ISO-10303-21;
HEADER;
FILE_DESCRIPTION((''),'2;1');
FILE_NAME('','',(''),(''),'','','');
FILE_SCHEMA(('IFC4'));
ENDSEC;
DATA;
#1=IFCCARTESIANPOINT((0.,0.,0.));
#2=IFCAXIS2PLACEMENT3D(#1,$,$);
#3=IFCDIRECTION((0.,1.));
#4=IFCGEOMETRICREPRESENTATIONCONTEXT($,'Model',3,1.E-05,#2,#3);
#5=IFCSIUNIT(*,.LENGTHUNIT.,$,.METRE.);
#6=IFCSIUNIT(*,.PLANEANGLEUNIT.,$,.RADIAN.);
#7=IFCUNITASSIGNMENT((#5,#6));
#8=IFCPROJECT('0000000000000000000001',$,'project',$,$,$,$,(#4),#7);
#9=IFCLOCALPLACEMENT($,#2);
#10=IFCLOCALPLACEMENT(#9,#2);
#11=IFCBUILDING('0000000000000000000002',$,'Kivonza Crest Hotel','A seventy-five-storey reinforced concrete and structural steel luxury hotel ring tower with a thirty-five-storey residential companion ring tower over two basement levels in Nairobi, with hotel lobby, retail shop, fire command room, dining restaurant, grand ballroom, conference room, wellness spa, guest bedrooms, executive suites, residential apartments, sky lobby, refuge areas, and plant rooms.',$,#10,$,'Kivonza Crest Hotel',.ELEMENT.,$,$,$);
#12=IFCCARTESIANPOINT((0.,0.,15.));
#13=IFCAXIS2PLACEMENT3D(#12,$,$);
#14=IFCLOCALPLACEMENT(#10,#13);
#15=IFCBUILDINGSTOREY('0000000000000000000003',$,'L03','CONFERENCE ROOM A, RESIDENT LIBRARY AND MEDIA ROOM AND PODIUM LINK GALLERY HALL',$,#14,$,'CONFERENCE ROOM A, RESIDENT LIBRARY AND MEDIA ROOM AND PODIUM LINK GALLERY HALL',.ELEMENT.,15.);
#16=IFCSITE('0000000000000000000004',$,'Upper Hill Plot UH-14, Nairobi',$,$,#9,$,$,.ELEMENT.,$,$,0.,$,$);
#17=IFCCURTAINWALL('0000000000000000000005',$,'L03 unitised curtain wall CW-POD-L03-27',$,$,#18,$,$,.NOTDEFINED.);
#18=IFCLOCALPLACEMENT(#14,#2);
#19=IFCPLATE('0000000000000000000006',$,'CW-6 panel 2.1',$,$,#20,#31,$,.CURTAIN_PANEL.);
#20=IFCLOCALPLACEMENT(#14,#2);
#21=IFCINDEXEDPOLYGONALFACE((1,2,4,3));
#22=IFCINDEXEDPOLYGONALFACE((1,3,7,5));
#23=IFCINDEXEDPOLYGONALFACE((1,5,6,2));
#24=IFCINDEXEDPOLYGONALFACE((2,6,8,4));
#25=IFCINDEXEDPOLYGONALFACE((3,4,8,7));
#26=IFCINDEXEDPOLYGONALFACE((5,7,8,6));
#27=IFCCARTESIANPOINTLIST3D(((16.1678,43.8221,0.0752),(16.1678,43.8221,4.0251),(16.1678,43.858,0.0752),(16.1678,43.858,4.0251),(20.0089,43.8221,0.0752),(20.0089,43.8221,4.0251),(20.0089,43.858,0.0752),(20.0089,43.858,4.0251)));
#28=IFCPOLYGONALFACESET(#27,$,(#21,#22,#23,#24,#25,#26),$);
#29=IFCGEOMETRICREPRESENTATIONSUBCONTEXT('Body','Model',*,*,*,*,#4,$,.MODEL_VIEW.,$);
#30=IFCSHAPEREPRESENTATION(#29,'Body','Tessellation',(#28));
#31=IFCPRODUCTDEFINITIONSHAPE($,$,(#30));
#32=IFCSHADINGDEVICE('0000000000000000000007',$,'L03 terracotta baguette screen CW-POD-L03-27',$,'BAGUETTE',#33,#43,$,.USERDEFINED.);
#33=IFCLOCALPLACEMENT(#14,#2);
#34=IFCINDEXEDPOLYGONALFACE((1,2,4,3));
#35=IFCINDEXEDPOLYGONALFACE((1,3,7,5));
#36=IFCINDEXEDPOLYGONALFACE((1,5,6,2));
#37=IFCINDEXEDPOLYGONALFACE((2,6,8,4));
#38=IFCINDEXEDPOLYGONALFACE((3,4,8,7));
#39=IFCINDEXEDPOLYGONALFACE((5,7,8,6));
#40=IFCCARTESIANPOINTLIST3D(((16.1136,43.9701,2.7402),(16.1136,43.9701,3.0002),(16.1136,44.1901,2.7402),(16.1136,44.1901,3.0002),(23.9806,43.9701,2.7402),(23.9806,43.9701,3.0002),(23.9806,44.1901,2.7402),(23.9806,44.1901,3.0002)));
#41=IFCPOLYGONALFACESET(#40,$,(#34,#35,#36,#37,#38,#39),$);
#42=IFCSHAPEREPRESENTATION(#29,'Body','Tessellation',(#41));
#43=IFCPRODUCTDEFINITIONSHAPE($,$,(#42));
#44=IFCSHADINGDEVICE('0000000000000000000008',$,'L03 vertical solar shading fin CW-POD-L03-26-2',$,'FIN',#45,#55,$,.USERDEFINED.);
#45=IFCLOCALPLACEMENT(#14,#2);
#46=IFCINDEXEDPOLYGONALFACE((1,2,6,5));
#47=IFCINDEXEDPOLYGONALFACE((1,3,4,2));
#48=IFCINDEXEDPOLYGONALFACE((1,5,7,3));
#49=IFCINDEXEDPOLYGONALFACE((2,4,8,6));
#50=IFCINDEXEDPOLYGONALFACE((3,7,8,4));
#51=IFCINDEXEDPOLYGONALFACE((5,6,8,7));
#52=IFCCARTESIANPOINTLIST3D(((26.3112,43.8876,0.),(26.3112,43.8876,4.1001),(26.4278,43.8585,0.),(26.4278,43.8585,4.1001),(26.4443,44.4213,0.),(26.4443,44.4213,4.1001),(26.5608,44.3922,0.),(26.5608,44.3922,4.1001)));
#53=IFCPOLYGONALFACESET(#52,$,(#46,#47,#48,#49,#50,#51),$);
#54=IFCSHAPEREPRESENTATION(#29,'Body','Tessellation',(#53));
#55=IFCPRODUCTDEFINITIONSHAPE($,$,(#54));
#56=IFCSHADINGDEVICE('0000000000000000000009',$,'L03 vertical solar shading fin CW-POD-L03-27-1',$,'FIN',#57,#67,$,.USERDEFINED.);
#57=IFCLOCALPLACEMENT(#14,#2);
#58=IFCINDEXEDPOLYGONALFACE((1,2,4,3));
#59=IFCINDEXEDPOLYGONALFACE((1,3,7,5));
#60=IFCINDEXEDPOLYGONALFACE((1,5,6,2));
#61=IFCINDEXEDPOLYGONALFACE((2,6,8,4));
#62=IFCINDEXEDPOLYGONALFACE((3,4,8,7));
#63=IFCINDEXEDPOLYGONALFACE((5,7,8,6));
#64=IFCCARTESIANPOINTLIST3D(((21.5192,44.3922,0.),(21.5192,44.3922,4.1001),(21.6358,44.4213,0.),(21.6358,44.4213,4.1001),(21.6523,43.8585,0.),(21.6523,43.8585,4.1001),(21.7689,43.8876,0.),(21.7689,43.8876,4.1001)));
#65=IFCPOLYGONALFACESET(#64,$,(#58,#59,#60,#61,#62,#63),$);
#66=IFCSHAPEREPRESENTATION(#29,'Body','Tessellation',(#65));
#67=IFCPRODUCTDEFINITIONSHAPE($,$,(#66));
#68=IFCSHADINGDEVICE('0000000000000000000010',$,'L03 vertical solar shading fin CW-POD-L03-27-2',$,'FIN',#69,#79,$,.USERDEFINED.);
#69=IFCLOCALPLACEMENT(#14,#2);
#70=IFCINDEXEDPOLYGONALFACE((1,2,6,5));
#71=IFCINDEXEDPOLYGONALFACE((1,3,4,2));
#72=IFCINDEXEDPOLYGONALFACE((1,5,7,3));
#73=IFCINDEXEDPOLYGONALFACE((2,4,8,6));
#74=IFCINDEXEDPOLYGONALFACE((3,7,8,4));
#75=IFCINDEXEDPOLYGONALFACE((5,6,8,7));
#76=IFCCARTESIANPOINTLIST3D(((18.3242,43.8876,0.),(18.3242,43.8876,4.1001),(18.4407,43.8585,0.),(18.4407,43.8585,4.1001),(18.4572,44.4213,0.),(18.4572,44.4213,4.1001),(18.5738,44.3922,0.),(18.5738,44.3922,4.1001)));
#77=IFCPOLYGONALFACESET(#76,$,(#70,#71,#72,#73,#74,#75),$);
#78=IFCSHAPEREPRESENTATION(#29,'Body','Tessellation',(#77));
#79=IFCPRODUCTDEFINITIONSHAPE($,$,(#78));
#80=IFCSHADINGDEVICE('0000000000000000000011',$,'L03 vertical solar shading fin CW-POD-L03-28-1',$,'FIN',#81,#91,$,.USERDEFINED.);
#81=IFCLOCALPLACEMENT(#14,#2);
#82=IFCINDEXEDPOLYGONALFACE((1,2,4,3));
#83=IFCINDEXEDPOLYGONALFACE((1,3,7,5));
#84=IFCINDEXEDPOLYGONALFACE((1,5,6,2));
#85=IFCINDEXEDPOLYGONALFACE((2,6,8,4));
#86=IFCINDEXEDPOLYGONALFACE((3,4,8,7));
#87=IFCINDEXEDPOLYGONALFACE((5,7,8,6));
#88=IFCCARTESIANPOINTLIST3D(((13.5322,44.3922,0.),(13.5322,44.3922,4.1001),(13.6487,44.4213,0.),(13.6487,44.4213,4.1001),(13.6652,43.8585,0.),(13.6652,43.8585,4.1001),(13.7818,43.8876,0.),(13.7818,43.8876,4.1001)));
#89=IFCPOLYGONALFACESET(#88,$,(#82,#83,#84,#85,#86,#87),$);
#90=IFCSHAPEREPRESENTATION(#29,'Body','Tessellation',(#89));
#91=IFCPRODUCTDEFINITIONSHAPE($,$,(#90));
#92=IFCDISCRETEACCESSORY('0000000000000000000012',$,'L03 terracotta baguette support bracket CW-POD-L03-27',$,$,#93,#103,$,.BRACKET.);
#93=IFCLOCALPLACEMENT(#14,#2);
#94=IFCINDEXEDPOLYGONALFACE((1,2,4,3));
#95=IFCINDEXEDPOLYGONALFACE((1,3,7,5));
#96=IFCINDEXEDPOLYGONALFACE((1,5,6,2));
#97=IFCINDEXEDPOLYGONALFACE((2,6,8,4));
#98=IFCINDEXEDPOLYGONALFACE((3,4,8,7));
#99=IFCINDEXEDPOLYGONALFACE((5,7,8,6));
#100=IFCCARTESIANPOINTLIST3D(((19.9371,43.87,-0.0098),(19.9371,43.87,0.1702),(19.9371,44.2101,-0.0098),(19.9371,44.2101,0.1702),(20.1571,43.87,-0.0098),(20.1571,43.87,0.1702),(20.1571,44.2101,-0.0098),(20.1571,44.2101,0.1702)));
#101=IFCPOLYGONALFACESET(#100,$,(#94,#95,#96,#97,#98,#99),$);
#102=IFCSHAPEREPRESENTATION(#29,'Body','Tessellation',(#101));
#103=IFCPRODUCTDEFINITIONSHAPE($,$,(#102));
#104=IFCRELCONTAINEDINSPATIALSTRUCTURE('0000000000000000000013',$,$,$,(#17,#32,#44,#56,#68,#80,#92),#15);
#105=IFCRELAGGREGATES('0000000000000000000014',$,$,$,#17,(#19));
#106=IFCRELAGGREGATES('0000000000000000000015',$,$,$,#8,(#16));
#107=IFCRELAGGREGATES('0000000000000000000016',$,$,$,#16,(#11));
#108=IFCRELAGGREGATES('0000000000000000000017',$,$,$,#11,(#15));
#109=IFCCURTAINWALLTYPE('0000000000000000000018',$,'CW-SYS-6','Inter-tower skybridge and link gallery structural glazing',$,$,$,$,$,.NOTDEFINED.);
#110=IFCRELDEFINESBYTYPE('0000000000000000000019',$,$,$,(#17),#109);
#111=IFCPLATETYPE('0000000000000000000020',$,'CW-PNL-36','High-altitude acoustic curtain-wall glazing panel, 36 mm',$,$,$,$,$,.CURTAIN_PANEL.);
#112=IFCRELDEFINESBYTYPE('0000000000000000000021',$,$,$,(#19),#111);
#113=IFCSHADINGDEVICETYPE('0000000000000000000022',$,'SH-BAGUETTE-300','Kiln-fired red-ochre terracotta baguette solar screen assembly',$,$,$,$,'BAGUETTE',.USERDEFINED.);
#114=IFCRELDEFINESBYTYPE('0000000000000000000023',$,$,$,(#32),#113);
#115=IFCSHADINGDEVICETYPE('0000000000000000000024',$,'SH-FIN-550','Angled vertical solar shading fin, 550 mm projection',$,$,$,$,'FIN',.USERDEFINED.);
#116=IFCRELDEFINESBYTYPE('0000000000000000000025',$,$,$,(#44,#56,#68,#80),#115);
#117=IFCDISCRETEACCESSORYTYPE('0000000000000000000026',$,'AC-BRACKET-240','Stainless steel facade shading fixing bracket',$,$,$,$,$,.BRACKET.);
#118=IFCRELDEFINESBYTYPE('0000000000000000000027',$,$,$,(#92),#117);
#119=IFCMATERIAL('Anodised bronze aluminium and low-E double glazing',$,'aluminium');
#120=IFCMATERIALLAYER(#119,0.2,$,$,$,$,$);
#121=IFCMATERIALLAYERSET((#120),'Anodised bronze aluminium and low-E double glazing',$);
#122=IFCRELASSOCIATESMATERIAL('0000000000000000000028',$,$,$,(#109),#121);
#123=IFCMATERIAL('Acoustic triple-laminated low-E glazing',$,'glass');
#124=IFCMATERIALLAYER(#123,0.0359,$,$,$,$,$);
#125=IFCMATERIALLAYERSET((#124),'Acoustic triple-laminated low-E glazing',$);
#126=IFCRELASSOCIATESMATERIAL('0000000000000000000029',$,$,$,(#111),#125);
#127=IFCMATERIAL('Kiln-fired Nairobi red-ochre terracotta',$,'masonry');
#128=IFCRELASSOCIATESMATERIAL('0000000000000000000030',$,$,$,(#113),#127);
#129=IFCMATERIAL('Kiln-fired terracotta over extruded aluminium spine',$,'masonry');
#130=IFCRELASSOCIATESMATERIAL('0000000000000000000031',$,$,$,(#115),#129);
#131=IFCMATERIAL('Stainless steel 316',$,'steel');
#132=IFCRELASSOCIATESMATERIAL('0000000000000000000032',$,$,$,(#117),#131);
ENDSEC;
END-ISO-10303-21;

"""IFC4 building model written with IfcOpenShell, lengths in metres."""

from ifc_helpers import new_model, si_unit, direction, frame, origin, origin_2d, place, context, subcontext, project, spatial, rectangle, extrude, material, layer, layer_set, type_object, element, aggregate, save


model = new_model("IFC4")

# Units and contexts
model_context = context("Model", 3, precision=1e-05, world=origin(), true_north=direction((0.0, 1.0)))
body_context = subcontext(model_context, "Body", "Model", "MODEL_VIEW")
ifc_project = project(units=[si_unit("LENGTHUNIT", "METRE"), si_unit("PLANEANGLEUNIT", "RADIAN")], contexts=[model_context])

# Site, building, storey
site_placement = place(None, origin())
site = spatial("IfcSite", under=ifc_project, at=site_placement, Name="Upper Hill Plot UH-14, Nairobi", CompositionType="ELEMENT", RefElevation=0.0)
building_placement = place(site_placement, origin())
building = spatial("IfcBuilding", under=site, at=building_placement, Name="Kivonza Crest Hotel", Description="A seventy-five-storey reinforced concrete and structural steel luxury hotel ring tower with a thirty-five-storey residential companion ring tower over two basement levels in Nairobi, with hotel lobby, retail shop, fire command room, dining restaurant, grand ballroom, conference room, wellness spa, guest bedrooms, executive suites, residential apartments, sky lobby, refuge areas, and plant rooms.", LongName="Kivonza Crest Hotel", CompositionType="ELEMENT")
storey_placement = place(building_placement, frame((0.0, 0.0, 15.0)))
storey = spatial("IfcBuildingStorey", under=building, at=storey_placement, Name="L03", Description="CONFERENCE ROOM A, RESIDENT LIBRARY AND MEDIA ROOM AND PODIUM LINK GALLERY HALL", LongName="CONFERENCE ROOM A, RESIDENT LIBRARY AND MEDIA ROOM AND PODIUM LINK GALLERY HALL", CompositionType="ELEMENT", Elevation=15.0)

# Shared definitions
ifc_material_1 = material(Name="Anodised bronze aluminium and low-E double glazing", Category="aluminium")
ifc_layer_1 = layer(ifc_material_1, 0.2)
ifc_layer_set_1 = layer_set([ifc_layer_1], Name="Anodised bronze aluminium and low-E double glazing")
curtain_wall_type = type_object("IfcCurtainWallType", Name="CW-SYS-6", Description="Inter-tower skybridge and link gallery structural glazing", PredefinedType="NOTDEFINED", material=ifc_layer_set_1)

# Curtain wall
curtain_wall_1_placement = place(storey_placement, origin())
curtain_wall_1 = element("IfcCurtainWall", 1, at=curtain_wall_1_placement, inside=storey, type_object=curtain_wall_type, Name="L03 unitised curtain wall CW-POD-L03-27", PredefinedType="NOTDEFINED")

# Plate
ifc_material_2 = material(Name="Acoustic triple-laminated low-E glazing", Category="glass")
ifc_layer_2 = layer(ifc_material_2, 0.0359)
ifc_layer_set_2 = layer_set([ifc_layer_2], Name="Acoustic triple-laminated low-E glazing")
plate_type = type_object("IfcPlateType", Name="CW-PNL-36", Description="High-altitude acoustic curtain-wall glazing panel, 36 mm", PredefinedType="CURTAIN_PANEL", material=ifc_layer_set_2)
plate_1_placement = place(storey_placement, frame((18.0884, 43.8401, 0.0752), z_axis=(0.0, 0.0, 1.0), x_axis=(-1.0, 0.0, 0.0)))
plate_1 = element("IfcPlate", 2, at=plate_1_placement, type_object=plate_type, Name="CW-6 panel 2.1", PredefinedType="CURTAIN_PANEL", context=body_context, shape_type="SweptSolid", body=[
    extrude(rectangle(XDim=3.8411, YDim=0.0359, at=origin_2d()), origin(), (0.0, 0.0, 1.0), 3.95),
])
aggregate(curtain_wall_1, [plate_1])

# Shading devices
ifc_material_3 = material(Name="Kiln-fired Nairobi red-ochre terracotta", Category="masonry")
shading_device_type_1 = type_object("IfcShadingDeviceType", Name="SH-BAGUETTE-300", Description="Kiln-fired red-ochre terracotta baguette solar screen assembly", ElementType="BAGUETTE", PredefinedType="USERDEFINED", material=ifc_material_3)
shading_device_placement = place(storey_placement, frame((20.0471, 44.0801, 2.7402), z_axis=(0.0, 0.0, 1.0), x_axis=(-1.0, 0.0, 0.0)))
element("IfcShadingDevice", 3, at=shading_device_placement, inside=storey, type_object=shading_device_type_1, Name="L03 terracotta baguette screen CW-POD-L03-27", ObjectType="BAGUETTE", PredefinedType="USERDEFINED", context=body_context, shape_type="SweptSolid", body=[
    extrude(rectangle(XDim=7.8669, YDim=0.22, at=origin_2d()), origin(), (0.0, 0.0, 1.0), 0.26),
])
ifc_material_4 = material(Name="Kiln-fired terracotta over extruded aluminium spine", Category="masonry")
shading_device_type_2 = type_object("IfcShadingDeviceType", Name="SH-FIN-550", Description="Angled vertical solar shading fin, 550 mm projection", ElementType="FIN", PredefinedType="USERDEFINED", material=ifc_material_4)
for number, where, z_axis, x_axis, name in (
    (4, (26.436, 44.1399, 0.0), (0.0, 0.0, 1.0), (-0.970296, 0.241922, 0.0), "L03 vertical solar shading fin CW-POD-L03-26-2"),
    (5, (21.644, 44.1399, 0.0), (0.0, 0.0, 1.0), (-0.970296, -0.241922, 0.0), "L03 vertical solar shading fin CW-POD-L03-27-1"),
    (6, (18.449, 44.1399, 0.0), (0.0, 0.0, 1.0), (-0.970296, 0.241922, 0.0), "L03 vertical solar shading fin CW-POD-L03-27-2"),
    (7, (13.657, 44.1399, 0.0), (0.0, 0.0, 1.0), (-0.970296, -0.241922, 0.0), "L03 vertical solar shading fin CW-POD-L03-28-1"),
):
    element("IfcShadingDevice", number, at=place(storey_placement, frame(where, z_axis=z_axis, x_axis=x_axis)), inside=storey, type_object=shading_device_type_2, Name=name, ObjectType="FIN", PredefinedType="USERDEFINED", context=body_context, shape_type="SweptSolid", body=[
        extrude(rectangle(XDim=0.1201, YDim=0.55, at=origin_2d()), origin(), (0.0, 0.0, 1.0), 4.1001),
    ])

# Discrete accessory
ifc_material_5 = material(Name="Stainless steel 316", Category="steel")
discrete_accessory_type = type_object("IfcDiscreteAccessoryType", Name="AC-BRACKET-240", Description="Stainless steel facade shading fixing bracket", PredefinedType="BRACKET", material=ifc_material_5)
discrete_accessory_placement = place(storey_placement, frame((20.0471, 44.04, -0.0098), z_axis=(0.0, 0.0, 1.0), x_axis=(-1.0, 0.0, 0.0)))
element("IfcDiscreteAccessory", 8, at=discrete_accessory_placement, inside=storey, type_object=discrete_accessory_type, Name="L03 terracotta baguette support bracket CW-POD-L03-27", PredefinedType="BRACKET", context=body_context, shape_type="SweptSolid", body=[
    extrude(rectangle(XDim=0.22, YDim=0.3401, at=origin_2d()), origin(), (0.0, 0.0, 1.0), 0.1799),
])

save(model, "model.ifc")
